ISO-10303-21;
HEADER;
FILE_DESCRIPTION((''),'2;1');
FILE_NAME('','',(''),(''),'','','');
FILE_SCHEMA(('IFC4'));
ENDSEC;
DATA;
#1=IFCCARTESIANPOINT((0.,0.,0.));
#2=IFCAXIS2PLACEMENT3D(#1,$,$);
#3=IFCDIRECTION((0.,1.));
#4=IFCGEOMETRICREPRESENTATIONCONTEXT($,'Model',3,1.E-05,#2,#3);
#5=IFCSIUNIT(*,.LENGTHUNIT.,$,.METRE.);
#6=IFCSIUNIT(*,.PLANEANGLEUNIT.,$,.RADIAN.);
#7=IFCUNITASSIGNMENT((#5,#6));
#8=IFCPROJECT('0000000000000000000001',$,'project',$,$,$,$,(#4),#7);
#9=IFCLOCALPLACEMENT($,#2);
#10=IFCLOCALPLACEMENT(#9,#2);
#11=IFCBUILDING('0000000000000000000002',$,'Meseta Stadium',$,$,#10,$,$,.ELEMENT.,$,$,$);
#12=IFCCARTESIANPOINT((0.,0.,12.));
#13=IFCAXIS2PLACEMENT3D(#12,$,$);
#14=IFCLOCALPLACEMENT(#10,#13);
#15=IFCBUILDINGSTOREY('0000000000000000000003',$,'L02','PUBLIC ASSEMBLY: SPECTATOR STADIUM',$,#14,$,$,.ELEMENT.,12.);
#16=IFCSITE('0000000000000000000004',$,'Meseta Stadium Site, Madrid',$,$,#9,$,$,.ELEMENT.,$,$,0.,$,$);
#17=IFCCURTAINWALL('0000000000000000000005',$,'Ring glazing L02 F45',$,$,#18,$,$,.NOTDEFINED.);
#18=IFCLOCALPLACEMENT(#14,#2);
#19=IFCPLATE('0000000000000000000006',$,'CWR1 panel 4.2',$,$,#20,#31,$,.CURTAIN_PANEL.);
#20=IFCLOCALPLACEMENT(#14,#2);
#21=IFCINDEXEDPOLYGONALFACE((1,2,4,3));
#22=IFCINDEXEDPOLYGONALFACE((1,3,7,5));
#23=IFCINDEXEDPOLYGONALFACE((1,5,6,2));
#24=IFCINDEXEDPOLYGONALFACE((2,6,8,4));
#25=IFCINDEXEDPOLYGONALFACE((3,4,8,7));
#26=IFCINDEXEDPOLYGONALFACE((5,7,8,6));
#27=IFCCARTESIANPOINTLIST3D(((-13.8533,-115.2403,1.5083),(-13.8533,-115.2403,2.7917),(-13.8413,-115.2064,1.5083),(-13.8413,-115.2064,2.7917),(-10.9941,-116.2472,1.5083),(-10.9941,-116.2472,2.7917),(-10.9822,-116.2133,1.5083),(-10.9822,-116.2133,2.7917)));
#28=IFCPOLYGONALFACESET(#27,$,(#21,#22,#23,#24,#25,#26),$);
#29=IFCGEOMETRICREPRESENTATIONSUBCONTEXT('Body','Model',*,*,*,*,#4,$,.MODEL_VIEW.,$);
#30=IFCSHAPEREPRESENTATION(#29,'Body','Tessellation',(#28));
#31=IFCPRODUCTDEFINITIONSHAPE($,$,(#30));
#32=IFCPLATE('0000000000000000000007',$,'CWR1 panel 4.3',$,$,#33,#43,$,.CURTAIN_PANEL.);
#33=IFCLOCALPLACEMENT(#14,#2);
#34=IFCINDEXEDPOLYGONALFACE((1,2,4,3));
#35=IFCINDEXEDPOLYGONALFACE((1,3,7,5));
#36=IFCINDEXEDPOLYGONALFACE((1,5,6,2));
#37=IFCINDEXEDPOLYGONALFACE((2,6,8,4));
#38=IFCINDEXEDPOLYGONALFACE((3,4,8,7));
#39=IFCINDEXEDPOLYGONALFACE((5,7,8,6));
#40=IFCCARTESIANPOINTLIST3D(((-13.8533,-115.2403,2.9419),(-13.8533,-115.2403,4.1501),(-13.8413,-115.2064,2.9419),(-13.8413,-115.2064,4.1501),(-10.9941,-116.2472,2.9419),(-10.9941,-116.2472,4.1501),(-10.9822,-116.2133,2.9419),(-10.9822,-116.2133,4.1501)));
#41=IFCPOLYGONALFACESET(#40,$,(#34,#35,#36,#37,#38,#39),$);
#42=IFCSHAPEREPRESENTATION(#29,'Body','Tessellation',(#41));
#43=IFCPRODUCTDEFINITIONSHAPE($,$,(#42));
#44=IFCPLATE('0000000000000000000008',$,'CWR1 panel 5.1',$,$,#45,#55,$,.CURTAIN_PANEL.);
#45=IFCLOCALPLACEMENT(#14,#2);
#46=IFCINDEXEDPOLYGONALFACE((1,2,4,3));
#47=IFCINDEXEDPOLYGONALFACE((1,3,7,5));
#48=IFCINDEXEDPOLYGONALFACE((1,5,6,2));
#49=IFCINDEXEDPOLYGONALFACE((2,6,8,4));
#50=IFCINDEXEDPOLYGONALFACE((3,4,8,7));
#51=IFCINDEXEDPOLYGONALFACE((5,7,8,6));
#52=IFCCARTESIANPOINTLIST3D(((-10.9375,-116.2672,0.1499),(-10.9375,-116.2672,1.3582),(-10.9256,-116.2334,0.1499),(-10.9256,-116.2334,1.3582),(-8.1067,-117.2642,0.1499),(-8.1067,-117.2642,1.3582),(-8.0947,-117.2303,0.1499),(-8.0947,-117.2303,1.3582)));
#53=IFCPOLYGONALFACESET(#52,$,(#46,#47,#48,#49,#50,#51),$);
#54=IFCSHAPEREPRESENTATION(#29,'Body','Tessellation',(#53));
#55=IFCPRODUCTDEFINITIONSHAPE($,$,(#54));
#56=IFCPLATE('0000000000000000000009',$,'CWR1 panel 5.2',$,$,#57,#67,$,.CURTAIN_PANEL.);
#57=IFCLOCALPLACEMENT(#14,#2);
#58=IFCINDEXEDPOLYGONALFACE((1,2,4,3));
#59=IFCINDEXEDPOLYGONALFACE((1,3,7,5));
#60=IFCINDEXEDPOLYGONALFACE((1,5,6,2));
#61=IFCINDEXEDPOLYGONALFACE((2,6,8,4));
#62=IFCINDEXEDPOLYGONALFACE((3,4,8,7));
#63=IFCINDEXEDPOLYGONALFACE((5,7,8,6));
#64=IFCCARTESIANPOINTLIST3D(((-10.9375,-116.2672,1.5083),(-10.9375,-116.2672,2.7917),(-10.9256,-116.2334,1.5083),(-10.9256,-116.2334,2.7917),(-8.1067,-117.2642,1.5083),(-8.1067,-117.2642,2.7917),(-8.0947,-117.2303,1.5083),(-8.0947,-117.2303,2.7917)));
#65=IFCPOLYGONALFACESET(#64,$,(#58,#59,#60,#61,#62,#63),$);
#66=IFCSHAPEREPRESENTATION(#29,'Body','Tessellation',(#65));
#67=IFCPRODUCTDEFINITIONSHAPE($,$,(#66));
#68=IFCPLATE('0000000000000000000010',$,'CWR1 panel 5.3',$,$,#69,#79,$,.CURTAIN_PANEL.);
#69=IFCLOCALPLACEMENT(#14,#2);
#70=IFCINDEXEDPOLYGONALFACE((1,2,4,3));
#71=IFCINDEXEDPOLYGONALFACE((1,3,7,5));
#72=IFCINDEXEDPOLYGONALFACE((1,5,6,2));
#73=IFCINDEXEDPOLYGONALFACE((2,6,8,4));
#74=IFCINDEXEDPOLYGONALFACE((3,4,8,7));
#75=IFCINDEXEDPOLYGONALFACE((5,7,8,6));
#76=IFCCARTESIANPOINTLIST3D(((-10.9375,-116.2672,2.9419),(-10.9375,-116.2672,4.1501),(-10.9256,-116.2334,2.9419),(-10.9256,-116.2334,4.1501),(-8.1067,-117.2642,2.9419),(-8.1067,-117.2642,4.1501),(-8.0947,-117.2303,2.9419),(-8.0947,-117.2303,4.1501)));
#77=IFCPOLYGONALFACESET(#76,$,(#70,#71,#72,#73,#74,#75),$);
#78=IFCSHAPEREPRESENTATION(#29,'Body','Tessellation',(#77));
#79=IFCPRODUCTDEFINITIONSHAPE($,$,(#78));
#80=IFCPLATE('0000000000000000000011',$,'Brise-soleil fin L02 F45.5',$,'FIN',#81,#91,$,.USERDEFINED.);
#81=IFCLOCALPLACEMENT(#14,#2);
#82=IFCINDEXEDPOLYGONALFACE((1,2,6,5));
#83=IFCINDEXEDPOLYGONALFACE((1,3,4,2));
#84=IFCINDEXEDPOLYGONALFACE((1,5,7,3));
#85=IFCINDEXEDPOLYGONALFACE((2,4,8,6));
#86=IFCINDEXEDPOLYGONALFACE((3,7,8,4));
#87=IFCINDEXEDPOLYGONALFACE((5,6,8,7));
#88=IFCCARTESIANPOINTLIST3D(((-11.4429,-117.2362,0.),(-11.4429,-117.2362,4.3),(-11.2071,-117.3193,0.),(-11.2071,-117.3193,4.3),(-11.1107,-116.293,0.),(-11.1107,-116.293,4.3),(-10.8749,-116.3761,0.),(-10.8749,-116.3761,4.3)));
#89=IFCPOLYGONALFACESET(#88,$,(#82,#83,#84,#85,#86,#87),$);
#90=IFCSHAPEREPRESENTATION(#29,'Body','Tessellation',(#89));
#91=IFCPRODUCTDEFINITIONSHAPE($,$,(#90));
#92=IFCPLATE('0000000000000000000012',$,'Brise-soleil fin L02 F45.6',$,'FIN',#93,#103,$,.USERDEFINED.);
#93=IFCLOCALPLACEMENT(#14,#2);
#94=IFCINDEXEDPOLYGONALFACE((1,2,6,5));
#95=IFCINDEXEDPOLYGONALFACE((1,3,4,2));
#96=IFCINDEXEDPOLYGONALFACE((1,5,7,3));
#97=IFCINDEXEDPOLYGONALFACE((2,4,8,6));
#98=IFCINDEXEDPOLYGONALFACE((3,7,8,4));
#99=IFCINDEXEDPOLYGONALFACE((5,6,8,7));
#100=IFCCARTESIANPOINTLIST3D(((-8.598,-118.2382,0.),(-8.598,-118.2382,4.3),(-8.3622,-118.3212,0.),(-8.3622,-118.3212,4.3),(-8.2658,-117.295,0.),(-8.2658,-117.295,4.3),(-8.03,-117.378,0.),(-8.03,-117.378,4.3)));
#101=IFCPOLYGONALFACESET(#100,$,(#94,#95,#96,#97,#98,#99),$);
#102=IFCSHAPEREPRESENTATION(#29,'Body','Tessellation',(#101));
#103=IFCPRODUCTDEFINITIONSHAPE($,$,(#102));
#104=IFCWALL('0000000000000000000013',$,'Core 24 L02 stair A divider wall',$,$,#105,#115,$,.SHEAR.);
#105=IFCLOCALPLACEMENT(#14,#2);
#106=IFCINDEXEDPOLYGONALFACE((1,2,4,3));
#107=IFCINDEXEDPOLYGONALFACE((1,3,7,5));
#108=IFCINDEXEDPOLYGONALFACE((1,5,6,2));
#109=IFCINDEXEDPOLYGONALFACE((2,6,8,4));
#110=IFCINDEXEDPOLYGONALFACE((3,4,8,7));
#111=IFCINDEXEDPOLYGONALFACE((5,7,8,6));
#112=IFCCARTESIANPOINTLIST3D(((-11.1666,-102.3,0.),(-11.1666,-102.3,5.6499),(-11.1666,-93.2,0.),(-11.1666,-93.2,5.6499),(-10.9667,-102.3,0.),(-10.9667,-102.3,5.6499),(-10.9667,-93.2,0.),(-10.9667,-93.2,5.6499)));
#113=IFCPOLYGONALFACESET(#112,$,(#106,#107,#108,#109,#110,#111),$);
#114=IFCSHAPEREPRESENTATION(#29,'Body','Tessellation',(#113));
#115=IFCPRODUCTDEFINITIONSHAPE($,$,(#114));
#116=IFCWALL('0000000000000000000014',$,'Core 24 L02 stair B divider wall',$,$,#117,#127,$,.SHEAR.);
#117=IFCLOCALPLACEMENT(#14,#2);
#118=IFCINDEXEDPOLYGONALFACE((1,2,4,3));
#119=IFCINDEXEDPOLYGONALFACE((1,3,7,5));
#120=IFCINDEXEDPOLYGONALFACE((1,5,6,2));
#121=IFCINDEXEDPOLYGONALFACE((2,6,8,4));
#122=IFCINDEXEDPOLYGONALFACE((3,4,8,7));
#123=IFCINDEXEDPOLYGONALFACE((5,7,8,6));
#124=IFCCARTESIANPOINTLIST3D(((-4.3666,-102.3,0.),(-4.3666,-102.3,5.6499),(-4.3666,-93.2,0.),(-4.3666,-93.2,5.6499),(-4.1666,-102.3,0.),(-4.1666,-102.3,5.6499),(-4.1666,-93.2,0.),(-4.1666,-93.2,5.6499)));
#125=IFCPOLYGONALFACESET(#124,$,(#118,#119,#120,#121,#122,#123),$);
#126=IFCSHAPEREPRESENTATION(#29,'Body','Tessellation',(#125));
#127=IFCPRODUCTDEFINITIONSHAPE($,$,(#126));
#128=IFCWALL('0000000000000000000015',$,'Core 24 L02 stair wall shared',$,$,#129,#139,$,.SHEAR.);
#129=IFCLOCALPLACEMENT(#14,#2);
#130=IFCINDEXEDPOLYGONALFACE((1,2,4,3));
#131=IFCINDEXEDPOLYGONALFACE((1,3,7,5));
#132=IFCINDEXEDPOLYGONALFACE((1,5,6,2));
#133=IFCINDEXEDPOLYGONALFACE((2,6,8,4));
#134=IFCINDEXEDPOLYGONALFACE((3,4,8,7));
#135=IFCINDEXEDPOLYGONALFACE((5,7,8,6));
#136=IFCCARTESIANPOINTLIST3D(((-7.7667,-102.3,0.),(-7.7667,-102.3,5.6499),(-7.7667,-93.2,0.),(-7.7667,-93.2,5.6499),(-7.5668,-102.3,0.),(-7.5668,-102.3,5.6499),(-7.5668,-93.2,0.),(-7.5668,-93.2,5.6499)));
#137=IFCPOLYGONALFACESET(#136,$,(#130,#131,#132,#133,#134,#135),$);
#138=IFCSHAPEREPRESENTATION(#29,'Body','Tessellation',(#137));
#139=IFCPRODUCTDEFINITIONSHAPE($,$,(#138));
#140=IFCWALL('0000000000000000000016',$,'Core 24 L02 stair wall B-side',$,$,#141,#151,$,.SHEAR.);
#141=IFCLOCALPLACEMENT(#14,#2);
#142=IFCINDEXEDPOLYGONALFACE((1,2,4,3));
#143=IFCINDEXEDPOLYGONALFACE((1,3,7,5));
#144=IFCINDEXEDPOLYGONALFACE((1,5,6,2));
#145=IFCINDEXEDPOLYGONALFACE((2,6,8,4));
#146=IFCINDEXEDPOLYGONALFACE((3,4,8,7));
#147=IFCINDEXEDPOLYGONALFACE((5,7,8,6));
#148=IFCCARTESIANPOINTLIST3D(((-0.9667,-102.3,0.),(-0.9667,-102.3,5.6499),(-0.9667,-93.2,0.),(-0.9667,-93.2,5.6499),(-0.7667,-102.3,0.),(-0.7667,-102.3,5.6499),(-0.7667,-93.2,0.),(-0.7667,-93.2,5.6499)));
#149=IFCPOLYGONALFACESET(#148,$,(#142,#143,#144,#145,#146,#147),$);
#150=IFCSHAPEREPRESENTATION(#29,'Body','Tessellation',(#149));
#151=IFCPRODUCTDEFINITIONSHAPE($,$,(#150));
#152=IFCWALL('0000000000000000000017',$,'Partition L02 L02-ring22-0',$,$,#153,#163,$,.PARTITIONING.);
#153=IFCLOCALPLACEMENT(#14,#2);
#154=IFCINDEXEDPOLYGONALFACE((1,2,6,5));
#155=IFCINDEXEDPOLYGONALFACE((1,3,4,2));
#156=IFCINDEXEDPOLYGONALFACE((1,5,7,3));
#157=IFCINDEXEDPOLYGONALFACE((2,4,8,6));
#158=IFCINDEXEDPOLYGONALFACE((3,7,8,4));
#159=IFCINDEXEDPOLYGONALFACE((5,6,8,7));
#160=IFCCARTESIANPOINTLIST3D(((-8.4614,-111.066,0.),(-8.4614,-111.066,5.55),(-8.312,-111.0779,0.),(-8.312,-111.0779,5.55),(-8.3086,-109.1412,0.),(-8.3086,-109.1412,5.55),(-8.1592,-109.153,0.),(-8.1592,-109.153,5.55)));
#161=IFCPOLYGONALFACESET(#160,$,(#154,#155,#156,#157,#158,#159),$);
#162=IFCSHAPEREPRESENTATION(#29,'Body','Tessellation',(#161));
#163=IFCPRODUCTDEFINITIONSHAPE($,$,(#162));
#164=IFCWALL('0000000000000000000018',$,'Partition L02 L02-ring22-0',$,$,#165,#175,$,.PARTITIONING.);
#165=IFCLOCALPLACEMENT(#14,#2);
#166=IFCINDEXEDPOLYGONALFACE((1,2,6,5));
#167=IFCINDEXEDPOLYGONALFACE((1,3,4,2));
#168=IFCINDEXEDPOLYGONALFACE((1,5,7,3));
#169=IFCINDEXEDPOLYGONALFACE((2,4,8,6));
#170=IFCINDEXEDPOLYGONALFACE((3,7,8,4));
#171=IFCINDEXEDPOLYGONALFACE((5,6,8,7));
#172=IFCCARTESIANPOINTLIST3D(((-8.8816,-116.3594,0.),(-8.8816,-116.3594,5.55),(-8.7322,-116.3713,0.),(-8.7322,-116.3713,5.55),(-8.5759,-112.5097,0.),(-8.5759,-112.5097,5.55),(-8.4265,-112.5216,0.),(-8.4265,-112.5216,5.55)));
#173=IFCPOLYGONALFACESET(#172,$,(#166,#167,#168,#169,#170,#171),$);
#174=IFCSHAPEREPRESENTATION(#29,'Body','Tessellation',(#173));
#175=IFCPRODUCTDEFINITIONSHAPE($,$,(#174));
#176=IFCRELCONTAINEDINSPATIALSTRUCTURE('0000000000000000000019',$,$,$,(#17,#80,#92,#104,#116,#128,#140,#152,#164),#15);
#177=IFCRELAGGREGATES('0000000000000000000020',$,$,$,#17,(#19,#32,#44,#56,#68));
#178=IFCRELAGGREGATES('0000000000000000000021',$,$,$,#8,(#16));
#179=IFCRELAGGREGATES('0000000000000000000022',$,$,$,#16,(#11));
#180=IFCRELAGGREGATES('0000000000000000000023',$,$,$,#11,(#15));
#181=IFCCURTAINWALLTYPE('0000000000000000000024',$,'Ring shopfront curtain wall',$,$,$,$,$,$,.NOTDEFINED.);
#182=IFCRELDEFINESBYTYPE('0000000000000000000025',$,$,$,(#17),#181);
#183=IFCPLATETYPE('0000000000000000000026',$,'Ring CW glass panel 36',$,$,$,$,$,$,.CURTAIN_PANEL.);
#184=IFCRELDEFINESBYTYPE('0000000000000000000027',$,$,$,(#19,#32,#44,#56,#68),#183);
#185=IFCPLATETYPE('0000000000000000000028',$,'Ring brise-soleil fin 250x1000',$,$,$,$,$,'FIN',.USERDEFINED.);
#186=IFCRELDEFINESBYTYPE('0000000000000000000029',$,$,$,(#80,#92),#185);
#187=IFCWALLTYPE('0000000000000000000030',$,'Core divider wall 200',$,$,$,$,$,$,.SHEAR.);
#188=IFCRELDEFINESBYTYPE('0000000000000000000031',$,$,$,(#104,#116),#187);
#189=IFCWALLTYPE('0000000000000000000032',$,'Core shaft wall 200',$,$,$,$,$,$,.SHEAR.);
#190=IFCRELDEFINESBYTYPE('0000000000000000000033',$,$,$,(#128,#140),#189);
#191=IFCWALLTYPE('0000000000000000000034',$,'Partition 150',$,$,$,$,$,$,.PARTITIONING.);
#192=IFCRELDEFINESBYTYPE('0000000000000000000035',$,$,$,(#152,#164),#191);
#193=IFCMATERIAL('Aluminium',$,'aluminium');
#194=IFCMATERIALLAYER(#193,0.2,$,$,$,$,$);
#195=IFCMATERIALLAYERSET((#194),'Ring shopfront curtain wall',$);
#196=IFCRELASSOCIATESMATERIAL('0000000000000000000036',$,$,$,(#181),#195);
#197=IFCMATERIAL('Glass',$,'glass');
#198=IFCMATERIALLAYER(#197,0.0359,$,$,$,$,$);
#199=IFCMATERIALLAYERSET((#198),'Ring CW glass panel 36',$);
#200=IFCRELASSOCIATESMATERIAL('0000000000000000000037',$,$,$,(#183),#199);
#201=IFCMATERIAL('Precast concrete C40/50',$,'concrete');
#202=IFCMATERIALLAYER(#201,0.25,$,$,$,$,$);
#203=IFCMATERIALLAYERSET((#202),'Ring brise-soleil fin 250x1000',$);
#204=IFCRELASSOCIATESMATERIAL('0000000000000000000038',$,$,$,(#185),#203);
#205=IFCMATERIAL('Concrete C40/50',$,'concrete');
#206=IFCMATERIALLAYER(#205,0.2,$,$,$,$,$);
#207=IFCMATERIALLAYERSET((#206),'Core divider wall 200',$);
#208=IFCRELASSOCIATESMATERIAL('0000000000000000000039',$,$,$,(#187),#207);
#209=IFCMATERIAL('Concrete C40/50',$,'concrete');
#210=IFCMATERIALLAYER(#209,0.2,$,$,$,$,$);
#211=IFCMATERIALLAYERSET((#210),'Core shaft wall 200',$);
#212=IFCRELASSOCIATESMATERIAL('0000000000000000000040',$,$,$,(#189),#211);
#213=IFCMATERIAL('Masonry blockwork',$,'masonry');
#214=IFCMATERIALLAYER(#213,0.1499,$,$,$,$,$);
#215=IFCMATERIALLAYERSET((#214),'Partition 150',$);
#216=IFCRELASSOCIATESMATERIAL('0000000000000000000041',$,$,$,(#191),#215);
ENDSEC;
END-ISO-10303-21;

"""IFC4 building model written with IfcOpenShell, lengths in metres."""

from ifc_helpers import new_model, si_unit, direction, frame, frame_2d, origin, origin_2d, place, context, subcontext, project, spatial, rectangle, extrude, material, layer, layer_set, type_object, element, aggregate, save


model = new_model("IFC4")

# Units and contexts
model_context = context("Model", 3, precision=1e-05, world=origin(), true_north=direction((0.0, 1.0)))
body_context = subcontext(model_context, "Body", "Model", "MODEL_VIEW")
ifc_project = project(units=[si_unit("LENGTHUNIT", "METRE"), si_unit("PLANEANGLEUNIT", "RADIAN")], contexts=[model_context])

# Site, building, storey
site_placement = place(None, origin())
site = spatial("IfcSite", under=ifc_project, at=site_placement, Name="Meseta Stadium Site, Madrid", CompositionType="ELEMENT", RefElevation=0.0)
building_placement = place(site_placement, origin())
building = spatial("IfcBuilding", under=site, at=building_placement, Name="Meseta Stadium", CompositionType="ELEMENT")
storey_placement = place(building_placement, frame((0.0, 0.0, 12.0)))
storey = spatial("IfcBuildingStorey", under=building, at=storey_placement, Name="L02", Description="PUBLIC ASSEMBLY: SPECTATOR STADIUM", CompositionType="ELEMENT", Elevation=12.0)

# Curtain wall, plates
ifc_material_1 = material(Name="Aluminium", Category="aluminium")
ifc_layer_1 = layer(ifc_material_1, 0.2)
ifc_layer_set_1 = layer_set([ifc_layer_1], Name="Ring shopfront curtain wall")
curtain_wall_type = type_object("IfcCurtainWallType", Name="Ring shopfront curtain wall", PredefinedType="NOTDEFINED", material=ifc_layer_set_1)
curtain_wall_placement = place(storey_placement, origin())
curtain_wall = element("IfcCurtainWall", 1, at=curtain_wall_placement, inside=storey, type_object=curtain_wall_type, Name="Ring glazing L02 F45", PredefinedType="NOTDEFINED")
ifc_material_2 = material(Name="Glass", Category="glass")
ifc_layer_2 = layer(ifc_material_2, 0.0359)
ifc_layer_set_2 = layer_set([ifc_layer_2], Name="Ring CW glass panel 36")
plate_type_1 = type_object("IfcPlateType", Name="Ring CW glass panel 36", PredefinedType="CURTAIN_PANEL", material=ifc_layer_set_2)
plate_1_placement = place(storey_placement, frame((-12.4177, -115.7268, 1.5083), z_axis=(0.0, 0.0, 1.0), x_axis=(0.943218, -0.332174, 0.0)))
plate_1 = element("IfcPlate", 2, at=plate_1_placement, type_object=plate_type_1, Name="CWR1 panel 4.2", PredefinedType="CURTAIN_PANEL", context=body_context, shape_type="SweptSolid", body=[
    extrude(rectangle(XDim=3.0312, YDim=0.0359, at=origin_2d()), origin(), (0.0, 0.0, 1.0), 1.2834),
])
plate_2_placement = place(storey_placement, frame((-12.4177, -115.7268, 2.9419), z_axis=(0.0, 0.0, 1.0), x_axis=(0.943218, -0.332174, 0.0)))
plate_2 = element("IfcPlate", 3, at=plate_2_placement, type_object=plate_type_1, Name="CWR1 panel 4.3", PredefinedType="CURTAIN_PANEL", context=body_context, shape_type="SweptSolid", body=[
    extrude(rectangle(XDim=3.0312, YDim=0.0359, at=origin_2d()), origin(), (0.0, 0.0, 1.0), 1.2083),
])
plate_3_placement = place(storey_placement, frame((-9.5161, -116.7488, 0.1499), z_axis=(0.0, 0.0, 1.0), x_axis=(0.943218, -0.332174, 0.0)))
plate_3 = element("IfcPlate", 4, at=plate_3_placement, type_object=plate_type_1, Name="CWR1 panel 5.1", PredefinedType="CURTAIN_PANEL", context=body_context, shape_type="SweptSolid", body=[
    extrude(rectangle(XDim=3.0012, YDim=0.0359, at=origin_2d()), origin(), (0.0, 0.0, 1.0), 1.2083),
])
plate_4_placement = place(storey_placement, frame((-9.5161, -116.7488, 1.5083), z_axis=(0.0, 0.0, 1.0), x_axis=(0.943218, -0.332174, 0.0)))
plate_4 = element("IfcPlate", 5, at=plate_4_placement, type_object=plate_type_1, Name="CWR1 panel 5.2", PredefinedType="CURTAIN_PANEL", context=body_context, shape_type="SweptSolid", body=[
    extrude(rectangle(XDim=3.0012, YDim=0.0359, at=origin_2d()), origin(), (0.0, 0.0, 1.0), 1.2834),
])
plate_5_placement = place(storey_placement, frame((-9.5161, -116.7488, 2.9419), z_axis=(0.0, 0.0, 1.0), x_axis=(0.943218, -0.332174, 0.0)))
plate_5 = element("IfcPlate", 6, at=plate_5_placement, type_object=plate_type_1, Name="CWR1 panel 5.3", PredefinedType="CURTAIN_PANEL", context=body_context, shape_type="SweptSolid", body=[
    extrude(rectangle(XDim=3.0012, YDim=0.0359, at=origin_2d()), origin(), (0.0, 0.0, 1.0), 1.2083),
])
aggregate(curtain_wall, [plate_1, plate_2, plate_3, plate_4, plate_5])

# Plates
ifc_material_3 = material(Name="Precast concrete C40/50", Category="concrete")
ifc_layer_3 = layer(ifc_material_3, 0.25)
ifc_layer_set_3 = layer_set([ifc_layer_3], Name="Ring brise-soleil fin 250x1000")
plate_type_2 = type_object("IfcPlateType", Name="Ring brise-soleil fin 250x1000", ElementType="FIN", PredefinedType="USERDEFINED", material=ifc_layer_set_3)
for number, where, z_axis, x_axis, name in (
    (7, (-11.1589, -116.8062, 0.0), (0.0, 0.0, 1.0), (0.943217, -0.332176, 0.0), "Brise-soleil fin L02 F45.5"),
    (8, (-8.314, -117.8081, 0.0), (0.0, 0.0, 1.0), (0.943217, -0.332176, 0.0), "Brise-soleil fin L02 F45.6"),
):
    element("IfcPlate", number, at=place(storey_placement, frame(where, z_axis=z_axis, x_axis=x_axis)), inside=storey, type_object=plate_type_2, Name=name, ObjectType="FIN", PredefinedType="USERDEFINED", context=body_context, shape_type="SweptSolid", body=[
        extrude(rectangle(XDim=0.25, YDim=1.0, at=origin_2d()), origin(), (0.0, 0.0, 1.0), 4.3),
    ])

# Walls
ifc_material_4 = material(Name="Concrete C40/50", Category="concrete")
ifc_layer_4 = layer(ifc_material_4, 0.2)
ifc_layer_set_4 = layer_set([ifc_layer_4], Name="Core divider wall 200")
wall_type_1 = type_object("IfcWallType", Name="Core divider wall 200", PredefinedType="SHEAR", material=ifc_layer_set_4)
for number, where, z_axis, x_axis, name in (
    (9, (-11.0667, -102.3, 0.0), (0.0, 0.0, 1.0), (0.0, 1.0, 0.0), "Core 24 L02 stair A divider wall"),
    (10, (-4.2666, -102.3, 0.0), (0.0, 0.0, 1.0), (0.0, 1.0, 0.0), "Core 24 L02 stair B divider wall"),
):
    element("IfcWall", number, at=place(storey_placement, frame(where, z_axis=z_axis, x_axis=x_axis)), inside=storey, type_object=wall_type_1, Name=name, PredefinedType="SHEAR", context=body_context, shape_type="SweptSolid", body=[
        extrude(rectangle(XDim=9.1001, YDim=0.2, at=frame_2d((4.55, 0.0))), origin(), (0.0, 0.0, 1.0), 5.6499),
    ])
ifc_material_5 = material(Name="Concrete C40/50", Category="concrete")
ifc_layer_5 = layer(ifc_material_5, 0.2)
ifc_layer_set_5 = layer_set([ifc_layer_5], Name="Core shaft wall 200")
wall_type_2 = type_object("IfcWallType", Name="Core shaft wall 200", PredefinedType="SHEAR", material=ifc_layer_set_5)
for number, where, z_axis, x_axis, name in (
    (11, (-7.6667, -102.3, 0.0), (0.0, 0.0, 1.0), (0.0, 1.0, 0.0), "Core 24 L02 stair wall shared"),
    (12, (-0.8667, -102.3, 0.0), (0.0, 0.0, 1.0), (0.0, 1.0, 0.0), "Core 24 L02 stair wall B-side"),
):
    element("IfcWall", number, at=place(storey_placement, frame(where, z_axis=z_axis, x_axis=x_axis)), inside=storey, type_object=wall_type_2, Name=name, PredefinedType="SHEAR", context=body_context, shape_type="SweptSolid", body=[
        extrude(rectangle(XDim=9.1001, YDim=0.2, at=frame_2d((4.55, 0.0))), origin(), (0.0, 0.0, 1.0), 5.6499),
    ])
ifc_material_6 = material(Name="Masonry blockwork", Category="masonry")
ifc_layer_6 = layer(ifc_material_6, 0.1499)
ifc_layer_set_6 = layer_set([ifc_layer_6], Name="Partition 150")
wall_type_3 = type_object("IfcWallType", Name="Partition 150", PredefinedType="PARTITIONING", material=ifc_layer_set_6)
wall_1_placement = place(storey_placement, frame((-8.2339, -109.1472, 0.0), z_axis=(0.0, 0.0, 1.0), x_axis=(-0.079152, -0.996863, 0.0)))
element("IfcWall", 13, at=wall_1_placement, inside=storey, type_object=wall_type_3, Name="Partition L02 L02-ring22-0", PredefinedType="PARTITIONING", context=body_context, shape_type="SweptSolid", body=[
    extrude(rectangle(XDim=1.9309, YDim=0.1499, at=frame_2d((0.9653, 0.0))), origin(), (0.0, 0.0, 1.0), 5.55),
])
wall_2_placement = place(storey_placement, frame((-8.5012, -112.5156, 0.0), z_axis=(0.0, 0.0, 1.0), x_axis=(-0.079152, -0.996863, 0.0)))
element("IfcWall", 14, at=wall_2_placement, inside=storey, type_object=wall_type_3, Name="Partition L02 L02-ring22-0", PredefinedType="PARTITIONING", context=body_context, shape_type="SweptSolid", body=[
    extrude(rectangle(XDim=3.8618, YDim=0.1499, at=frame_2d((1.9309, 0.0))), origin(), (0.0, 0.0, 1.0), 5.55),
])

save(model, "model.ifc")
